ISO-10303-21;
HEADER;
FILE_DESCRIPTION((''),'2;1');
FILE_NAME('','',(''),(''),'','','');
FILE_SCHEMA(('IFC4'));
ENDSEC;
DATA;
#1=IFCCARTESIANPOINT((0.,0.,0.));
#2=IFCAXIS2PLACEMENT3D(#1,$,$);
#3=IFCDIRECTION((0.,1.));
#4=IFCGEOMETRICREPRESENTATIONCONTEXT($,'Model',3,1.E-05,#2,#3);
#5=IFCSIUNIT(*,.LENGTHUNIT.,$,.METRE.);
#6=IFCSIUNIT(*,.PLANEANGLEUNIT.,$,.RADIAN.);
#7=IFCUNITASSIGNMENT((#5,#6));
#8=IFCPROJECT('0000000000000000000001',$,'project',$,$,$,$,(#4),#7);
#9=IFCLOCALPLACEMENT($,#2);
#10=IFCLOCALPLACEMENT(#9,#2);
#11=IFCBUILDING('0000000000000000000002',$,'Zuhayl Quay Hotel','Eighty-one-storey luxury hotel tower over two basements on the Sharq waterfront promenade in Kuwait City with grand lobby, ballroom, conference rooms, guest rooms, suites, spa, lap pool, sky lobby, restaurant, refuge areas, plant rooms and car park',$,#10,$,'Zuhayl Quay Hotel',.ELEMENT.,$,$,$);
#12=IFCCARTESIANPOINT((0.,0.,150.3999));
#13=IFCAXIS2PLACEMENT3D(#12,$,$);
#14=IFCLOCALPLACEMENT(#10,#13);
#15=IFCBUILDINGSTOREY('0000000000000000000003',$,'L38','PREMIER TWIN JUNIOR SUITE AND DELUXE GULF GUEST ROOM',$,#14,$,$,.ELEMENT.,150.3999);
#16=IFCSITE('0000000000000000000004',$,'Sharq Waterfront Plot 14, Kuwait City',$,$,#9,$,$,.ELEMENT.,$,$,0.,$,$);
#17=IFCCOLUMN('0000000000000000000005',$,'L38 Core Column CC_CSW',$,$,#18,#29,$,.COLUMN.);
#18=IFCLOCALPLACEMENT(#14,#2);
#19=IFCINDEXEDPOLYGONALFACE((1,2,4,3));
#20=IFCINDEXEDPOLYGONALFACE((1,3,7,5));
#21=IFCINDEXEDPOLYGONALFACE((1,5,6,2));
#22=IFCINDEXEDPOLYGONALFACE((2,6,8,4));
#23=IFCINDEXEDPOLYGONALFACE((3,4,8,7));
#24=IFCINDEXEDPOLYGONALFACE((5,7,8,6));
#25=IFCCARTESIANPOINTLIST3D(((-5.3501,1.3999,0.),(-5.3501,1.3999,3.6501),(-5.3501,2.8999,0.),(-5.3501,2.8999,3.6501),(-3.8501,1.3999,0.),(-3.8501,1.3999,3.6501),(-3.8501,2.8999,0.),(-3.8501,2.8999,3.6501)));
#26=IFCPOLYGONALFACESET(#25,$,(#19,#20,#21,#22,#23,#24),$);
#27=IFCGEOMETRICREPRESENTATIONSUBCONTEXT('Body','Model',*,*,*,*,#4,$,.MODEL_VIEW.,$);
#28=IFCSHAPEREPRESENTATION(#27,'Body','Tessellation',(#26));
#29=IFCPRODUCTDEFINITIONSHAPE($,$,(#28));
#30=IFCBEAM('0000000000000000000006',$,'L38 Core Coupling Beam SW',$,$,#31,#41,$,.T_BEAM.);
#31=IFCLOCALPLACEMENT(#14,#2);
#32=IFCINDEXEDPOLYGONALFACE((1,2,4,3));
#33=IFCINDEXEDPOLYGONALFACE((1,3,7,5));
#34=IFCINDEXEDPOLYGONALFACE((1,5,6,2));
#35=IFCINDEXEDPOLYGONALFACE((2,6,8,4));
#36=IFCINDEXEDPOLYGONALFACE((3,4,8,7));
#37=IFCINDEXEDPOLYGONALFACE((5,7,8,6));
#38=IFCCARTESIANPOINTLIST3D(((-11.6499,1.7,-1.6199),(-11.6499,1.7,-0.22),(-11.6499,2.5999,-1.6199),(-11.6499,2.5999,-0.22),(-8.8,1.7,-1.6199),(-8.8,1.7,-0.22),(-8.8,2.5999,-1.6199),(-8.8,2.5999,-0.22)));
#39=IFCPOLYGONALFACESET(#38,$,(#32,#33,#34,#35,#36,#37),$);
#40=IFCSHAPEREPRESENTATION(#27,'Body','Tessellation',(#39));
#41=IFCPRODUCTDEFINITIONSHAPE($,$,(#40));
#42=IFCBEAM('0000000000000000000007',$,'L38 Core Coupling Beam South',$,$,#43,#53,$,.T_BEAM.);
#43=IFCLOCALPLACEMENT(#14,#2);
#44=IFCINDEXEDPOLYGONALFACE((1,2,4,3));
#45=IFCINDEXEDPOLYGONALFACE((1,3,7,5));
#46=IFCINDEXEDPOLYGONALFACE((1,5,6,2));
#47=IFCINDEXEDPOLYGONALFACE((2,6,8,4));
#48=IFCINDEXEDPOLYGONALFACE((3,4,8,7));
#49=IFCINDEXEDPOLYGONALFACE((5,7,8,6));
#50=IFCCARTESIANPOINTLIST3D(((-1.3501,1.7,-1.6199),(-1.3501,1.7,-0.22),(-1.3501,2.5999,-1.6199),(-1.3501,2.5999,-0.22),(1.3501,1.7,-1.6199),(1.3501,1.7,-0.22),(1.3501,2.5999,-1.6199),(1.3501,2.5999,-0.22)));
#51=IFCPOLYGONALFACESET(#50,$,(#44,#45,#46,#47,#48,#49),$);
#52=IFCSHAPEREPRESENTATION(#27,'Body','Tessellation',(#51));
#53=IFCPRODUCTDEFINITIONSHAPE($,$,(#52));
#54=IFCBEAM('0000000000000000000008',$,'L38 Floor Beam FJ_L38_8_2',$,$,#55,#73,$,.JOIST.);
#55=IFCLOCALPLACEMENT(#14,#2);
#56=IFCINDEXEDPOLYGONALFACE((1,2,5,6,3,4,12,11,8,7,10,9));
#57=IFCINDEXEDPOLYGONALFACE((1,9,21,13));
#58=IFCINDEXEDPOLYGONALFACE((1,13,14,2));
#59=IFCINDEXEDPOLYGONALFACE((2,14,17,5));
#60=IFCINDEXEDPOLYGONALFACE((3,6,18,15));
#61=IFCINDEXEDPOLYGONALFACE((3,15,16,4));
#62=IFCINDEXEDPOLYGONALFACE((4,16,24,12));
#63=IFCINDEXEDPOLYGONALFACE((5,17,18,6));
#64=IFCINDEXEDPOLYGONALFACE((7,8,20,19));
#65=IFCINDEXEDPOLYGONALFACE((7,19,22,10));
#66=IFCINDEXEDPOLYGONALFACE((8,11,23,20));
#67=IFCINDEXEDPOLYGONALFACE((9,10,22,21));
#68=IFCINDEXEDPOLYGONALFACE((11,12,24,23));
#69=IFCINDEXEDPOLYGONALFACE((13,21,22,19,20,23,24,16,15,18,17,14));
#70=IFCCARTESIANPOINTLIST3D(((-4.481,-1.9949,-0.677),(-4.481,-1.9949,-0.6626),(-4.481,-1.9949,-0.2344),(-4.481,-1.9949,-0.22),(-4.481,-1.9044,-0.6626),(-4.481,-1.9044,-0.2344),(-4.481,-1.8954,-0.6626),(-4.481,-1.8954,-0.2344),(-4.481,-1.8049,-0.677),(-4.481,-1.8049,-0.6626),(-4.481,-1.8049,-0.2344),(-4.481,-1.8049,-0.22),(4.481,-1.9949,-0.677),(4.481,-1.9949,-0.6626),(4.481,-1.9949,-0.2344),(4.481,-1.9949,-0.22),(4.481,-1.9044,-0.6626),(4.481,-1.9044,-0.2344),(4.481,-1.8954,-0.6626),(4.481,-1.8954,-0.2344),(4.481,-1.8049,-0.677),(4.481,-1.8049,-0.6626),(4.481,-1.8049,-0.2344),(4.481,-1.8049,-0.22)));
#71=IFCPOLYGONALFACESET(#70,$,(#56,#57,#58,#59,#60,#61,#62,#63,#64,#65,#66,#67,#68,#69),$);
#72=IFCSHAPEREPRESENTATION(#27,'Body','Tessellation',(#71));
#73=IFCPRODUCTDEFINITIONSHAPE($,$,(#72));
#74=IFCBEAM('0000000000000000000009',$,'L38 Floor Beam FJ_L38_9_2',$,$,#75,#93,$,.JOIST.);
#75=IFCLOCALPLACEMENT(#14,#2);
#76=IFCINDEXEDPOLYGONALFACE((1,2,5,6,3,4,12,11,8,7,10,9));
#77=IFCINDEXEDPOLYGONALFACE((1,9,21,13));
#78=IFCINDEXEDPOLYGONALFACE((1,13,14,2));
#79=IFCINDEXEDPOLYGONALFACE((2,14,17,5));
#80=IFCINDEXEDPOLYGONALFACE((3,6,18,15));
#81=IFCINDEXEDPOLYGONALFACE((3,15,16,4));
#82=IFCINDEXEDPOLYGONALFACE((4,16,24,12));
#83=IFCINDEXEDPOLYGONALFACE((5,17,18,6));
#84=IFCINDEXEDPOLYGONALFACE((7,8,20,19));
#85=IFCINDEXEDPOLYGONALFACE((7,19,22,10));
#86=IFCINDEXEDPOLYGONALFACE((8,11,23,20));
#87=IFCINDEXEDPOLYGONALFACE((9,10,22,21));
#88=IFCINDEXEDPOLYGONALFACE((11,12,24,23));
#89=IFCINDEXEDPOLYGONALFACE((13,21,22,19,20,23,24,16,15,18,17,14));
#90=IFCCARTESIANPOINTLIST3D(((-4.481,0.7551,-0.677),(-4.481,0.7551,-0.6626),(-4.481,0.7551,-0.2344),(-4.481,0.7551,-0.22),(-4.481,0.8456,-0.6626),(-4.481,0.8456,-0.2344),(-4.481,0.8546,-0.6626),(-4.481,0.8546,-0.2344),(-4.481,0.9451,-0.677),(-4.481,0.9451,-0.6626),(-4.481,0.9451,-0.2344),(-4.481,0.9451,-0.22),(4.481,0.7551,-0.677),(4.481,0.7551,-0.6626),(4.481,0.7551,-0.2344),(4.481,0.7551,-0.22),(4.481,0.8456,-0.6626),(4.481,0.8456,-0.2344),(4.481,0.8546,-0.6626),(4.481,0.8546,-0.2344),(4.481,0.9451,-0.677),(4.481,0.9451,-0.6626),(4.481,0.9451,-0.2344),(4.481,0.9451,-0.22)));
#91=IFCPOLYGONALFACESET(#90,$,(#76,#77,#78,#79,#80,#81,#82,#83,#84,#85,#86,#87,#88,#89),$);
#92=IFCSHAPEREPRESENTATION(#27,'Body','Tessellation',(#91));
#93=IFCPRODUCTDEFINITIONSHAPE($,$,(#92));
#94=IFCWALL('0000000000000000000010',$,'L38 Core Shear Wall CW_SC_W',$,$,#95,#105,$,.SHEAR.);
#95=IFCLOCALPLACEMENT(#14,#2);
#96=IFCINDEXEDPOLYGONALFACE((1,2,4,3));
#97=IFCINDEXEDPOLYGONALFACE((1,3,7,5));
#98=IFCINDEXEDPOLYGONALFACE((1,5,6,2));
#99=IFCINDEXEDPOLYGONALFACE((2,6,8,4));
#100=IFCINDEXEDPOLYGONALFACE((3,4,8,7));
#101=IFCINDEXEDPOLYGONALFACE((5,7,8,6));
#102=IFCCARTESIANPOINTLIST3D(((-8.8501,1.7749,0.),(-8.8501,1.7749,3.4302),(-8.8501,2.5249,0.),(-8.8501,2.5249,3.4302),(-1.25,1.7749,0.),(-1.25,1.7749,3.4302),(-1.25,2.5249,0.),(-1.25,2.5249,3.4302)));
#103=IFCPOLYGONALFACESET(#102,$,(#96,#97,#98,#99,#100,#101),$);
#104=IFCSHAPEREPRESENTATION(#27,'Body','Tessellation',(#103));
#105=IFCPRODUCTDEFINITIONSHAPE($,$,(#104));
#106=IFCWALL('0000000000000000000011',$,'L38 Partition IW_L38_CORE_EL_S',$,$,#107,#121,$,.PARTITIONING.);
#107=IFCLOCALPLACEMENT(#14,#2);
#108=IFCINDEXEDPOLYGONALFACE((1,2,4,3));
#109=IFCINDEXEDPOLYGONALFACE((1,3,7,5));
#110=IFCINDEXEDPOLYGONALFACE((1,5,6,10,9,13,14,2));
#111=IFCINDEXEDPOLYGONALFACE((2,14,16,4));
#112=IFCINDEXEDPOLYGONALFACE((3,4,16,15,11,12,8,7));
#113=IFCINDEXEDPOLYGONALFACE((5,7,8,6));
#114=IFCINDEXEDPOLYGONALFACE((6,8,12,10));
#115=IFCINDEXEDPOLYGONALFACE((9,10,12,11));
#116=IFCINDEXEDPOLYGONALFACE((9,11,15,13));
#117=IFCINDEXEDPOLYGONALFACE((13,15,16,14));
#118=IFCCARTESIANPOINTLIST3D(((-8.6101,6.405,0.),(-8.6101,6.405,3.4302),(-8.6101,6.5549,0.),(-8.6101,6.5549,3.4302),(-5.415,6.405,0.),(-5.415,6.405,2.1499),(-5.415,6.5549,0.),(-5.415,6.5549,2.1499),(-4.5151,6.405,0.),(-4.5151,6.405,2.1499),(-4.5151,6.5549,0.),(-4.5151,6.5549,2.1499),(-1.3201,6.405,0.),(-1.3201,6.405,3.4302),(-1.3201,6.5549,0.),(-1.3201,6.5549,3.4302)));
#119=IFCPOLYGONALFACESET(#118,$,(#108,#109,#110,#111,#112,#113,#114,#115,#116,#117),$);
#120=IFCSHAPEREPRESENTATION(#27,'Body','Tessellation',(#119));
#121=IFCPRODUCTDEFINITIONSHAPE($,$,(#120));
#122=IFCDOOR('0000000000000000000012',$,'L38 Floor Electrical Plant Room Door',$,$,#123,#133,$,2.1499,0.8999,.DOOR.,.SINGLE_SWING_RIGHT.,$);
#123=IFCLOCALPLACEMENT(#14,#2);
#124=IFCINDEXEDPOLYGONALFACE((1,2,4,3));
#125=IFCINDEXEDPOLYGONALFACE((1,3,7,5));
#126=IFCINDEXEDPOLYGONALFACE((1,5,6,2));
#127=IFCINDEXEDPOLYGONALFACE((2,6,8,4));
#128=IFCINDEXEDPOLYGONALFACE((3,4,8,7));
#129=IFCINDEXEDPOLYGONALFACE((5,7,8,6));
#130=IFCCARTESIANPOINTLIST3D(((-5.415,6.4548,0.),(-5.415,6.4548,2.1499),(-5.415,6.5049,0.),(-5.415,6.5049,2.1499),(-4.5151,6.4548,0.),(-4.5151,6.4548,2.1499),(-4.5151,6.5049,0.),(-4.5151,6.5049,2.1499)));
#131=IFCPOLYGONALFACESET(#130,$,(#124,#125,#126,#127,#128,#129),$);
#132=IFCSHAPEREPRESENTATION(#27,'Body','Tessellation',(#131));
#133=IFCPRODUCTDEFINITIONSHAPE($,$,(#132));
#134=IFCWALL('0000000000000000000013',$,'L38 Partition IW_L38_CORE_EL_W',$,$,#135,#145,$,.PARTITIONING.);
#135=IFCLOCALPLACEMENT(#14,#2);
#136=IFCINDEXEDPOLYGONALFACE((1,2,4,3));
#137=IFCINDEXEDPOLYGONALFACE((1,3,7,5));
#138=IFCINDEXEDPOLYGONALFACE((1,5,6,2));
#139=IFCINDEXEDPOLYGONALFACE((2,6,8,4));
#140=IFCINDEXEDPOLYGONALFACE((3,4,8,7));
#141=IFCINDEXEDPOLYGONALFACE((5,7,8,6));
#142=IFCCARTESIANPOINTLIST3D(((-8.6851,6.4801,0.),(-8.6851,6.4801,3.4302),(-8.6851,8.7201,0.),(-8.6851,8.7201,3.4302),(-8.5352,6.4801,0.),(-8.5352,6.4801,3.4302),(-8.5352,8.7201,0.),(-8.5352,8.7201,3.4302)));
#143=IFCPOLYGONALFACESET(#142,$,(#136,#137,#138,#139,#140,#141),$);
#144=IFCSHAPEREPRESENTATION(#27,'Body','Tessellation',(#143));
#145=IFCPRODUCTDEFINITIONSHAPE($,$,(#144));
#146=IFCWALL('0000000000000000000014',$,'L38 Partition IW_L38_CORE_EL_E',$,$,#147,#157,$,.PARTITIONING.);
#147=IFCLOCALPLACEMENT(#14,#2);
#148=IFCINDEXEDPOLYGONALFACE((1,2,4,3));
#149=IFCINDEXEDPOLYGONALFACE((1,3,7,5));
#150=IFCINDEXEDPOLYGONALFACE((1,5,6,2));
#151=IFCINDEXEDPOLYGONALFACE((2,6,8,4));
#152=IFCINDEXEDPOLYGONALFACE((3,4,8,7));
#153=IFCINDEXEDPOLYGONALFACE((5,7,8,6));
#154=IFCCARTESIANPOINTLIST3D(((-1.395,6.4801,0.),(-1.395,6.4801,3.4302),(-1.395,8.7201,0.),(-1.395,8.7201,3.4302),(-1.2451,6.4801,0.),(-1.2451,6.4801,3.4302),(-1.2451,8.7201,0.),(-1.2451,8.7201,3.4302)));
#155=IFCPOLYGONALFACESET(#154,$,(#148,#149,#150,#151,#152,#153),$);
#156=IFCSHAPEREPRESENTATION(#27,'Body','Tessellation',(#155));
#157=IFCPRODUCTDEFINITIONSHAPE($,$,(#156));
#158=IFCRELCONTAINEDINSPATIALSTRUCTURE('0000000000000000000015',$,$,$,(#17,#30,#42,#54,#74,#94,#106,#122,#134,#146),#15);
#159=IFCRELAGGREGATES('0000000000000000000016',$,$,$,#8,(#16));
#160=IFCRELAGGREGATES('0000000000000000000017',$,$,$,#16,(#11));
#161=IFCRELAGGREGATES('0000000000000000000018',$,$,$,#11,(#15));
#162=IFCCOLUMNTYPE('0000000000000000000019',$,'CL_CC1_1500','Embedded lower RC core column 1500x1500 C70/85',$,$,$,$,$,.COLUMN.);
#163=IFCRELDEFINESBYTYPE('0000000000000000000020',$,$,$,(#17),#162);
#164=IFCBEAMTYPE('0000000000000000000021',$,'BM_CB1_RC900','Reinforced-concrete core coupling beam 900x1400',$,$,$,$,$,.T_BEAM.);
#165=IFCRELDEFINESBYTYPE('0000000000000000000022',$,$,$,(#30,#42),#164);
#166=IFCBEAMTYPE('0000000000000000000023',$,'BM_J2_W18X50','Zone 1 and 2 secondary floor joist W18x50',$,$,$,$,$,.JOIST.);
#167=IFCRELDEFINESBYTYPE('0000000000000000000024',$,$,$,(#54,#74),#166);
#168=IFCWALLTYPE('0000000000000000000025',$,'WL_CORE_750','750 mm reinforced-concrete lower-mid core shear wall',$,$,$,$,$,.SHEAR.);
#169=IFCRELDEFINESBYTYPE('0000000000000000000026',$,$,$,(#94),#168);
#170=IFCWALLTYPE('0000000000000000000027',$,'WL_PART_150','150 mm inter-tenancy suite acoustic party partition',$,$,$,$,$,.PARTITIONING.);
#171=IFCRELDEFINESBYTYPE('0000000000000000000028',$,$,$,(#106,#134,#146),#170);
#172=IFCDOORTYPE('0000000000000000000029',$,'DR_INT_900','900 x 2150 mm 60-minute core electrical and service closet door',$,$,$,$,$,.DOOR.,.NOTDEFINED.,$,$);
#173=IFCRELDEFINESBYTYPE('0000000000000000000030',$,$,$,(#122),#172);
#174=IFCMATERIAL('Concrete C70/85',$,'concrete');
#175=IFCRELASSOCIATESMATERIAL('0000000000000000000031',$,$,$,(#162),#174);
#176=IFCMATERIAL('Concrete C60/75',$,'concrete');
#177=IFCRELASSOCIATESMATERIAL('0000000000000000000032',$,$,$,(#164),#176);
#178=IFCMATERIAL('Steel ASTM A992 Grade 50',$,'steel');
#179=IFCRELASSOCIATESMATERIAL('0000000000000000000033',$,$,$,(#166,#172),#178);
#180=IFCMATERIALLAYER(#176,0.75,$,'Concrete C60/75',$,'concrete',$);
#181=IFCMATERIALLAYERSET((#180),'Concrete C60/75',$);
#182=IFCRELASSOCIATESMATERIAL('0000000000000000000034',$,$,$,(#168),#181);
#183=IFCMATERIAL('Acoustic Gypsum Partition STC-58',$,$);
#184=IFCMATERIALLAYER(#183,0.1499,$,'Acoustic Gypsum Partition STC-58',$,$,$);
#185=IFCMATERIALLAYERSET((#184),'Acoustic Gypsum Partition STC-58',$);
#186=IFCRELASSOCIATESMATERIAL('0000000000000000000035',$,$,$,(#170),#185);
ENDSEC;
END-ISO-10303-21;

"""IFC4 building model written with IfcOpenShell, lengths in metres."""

from ifc_helpers import new_model, si_unit, direction, frame, frame_2d, origin, origin_2d, place, context, subcontext, project, spatial, rectangle, i_section, extrude, material, layer, layer_set, material_profile, profile_set, type_object, element, fill, save


model = new_model("IFC4")

# Units and contexts
model_context = context("Model", 3, precision=1e-05, world=origin(), true_north=direction((0.0, 1.0)))
body_context = subcontext(model_context, "Body", "Model", "MODEL_VIEW")
ifc_project = project(units=[si_unit("LENGTHUNIT", "METRE"), si_unit("PLANEANGLEUNIT", "RADIAN")], contexts=[model_context])

# Site, building, storey
site_placement = place(None, origin())
site = spatial("IfcSite", under=ifc_project, at=site_placement, Name="Sharq Waterfront Plot 14, Kuwait City", CompositionType="ELEMENT", RefElevation=0.0)
building_placement = place(site_placement, origin())
building = spatial("IfcBuilding", under=site, at=building_placement, Name="Zuhayl Quay Hotel", Description="Eighty-one-storey luxury hotel tower over two basements on the Sharq waterfront promenade in Kuwait City with grand lobby, ballroom, conference rooms, guest rooms, suites, spa, lap pool, sky lobby, restaurant, refuge areas, plant rooms and car park", LongName="Zuhayl Quay Hotel", CompositionType="ELEMENT")
storey_placement = place(building_placement, frame((0.0, 0.0, 150.3999)))
storey = spatial("IfcBuildingStorey", under=building, at=storey_placement, Name="L38", Description="PREMIER TWIN JUNIOR SUITE AND DELUXE GULF GUEST ROOM", CompositionType="ELEMENT", Elevation=150.3999)

# Column
ifc_material_1 = material(Name="Concrete C70/85", Category="concrete")
ifc_material_profile_1 = material_profile(ifc_material_1, rectangle(XDim=1.5, YDim=1.5, at=origin_2d()), Name="RC1500X1500")
ifc_profile_set_1 = profile_set([ifc_material_profile_1], Name="Concrete C70/85")
column_type = type_object("IfcColumnType", Name="CL_CC1_1500", Description="Embedded lower RC core column 1500x1500 C70/85", PredefinedType="COLUMN", material=ifc_profile_set_1)
column_placement = place(storey_placement, frame((-4.6001, 2.1499, 0.0), z_axis=(0.0, 0.0, 1.0), x_axis=(1.0, 0.0, 0.0)))
element("IfcColumn", 1, at=column_placement, inside=storey, type_object=column_type, Name="L38 Core Column CC_CSW", PredefinedType="COLUMN", context=body_context, shape_type="SweptSolid", body=[
    extrude(rectangle(XDim=1.5, YDim=1.5, at=origin_2d()), origin(), (0.0, 0.0, 1.0), 3.6501),
])

# Beams
ifc_material_2 = material(Name="Concrete C60/75", Category="concrete")
ifc_material_profile_2 = material_profile(ifc_material_2, rectangle(XDim=0.8999, YDim=1.3999, at=origin_2d()), Name="RC900X1400")
ifc_profile_set_2 = profile_set([ifc_material_profile_2], Name="Concrete C60/75")
beam_type_1 = type_object("IfcBeamType", Name="BM_CB1_RC900", Description="Reinforced-concrete core coupling beam 900x1400", PredefinedType="T_BEAM", material=ifc_profile_set_2)
beam_1_placement = place(storey_placement, frame((-11.6499, 2.1499, -0.9199), z_axis=(1.0, 0.0, 0.0), x_axis=(0.0, 1.0, 0.0)))
element("IfcBeam", 2, at=beam_1_placement, inside=storey, type_object=beam_type_1, Name="L38 Core Coupling Beam SW", PredefinedType="T_BEAM", context=body_context, shape_type="SweptSolid", body=[
    extrude(rectangle(XDim=0.8999, YDim=1.3999, at=origin_2d()), origin(), (0.0, 0.0, 1.0), 2.8499),
])
beam_2_placement = place(storey_placement, frame((-1.3501, 2.1499, -0.9199), z_axis=(1.0, 0.0, 0.0), x_axis=(0.0, 1.0, 0.0)))
element("IfcBeam", 3, at=beam_2_placement, inside=storey, type_object=beam_type_1, Name="L38 Core Coupling Beam South", PredefinedType="T_BEAM", context=body_context, shape_type="SweptSolid", body=[
    extrude(rectangle(XDim=0.8999, YDim=1.3999, at=origin_2d()), origin(), (0.0, 0.0, 1.0), 2.7002),
])
ifc_material_3 = material(Name="Steel ASTM A992 Grade 50", Category="steel")
ifc_material_profile_3 = material_profile(ifc_material_3, i_section(OverallWidth=0.1899, OverallDepth=0.457, WebThickness=0.009, FlangeThickness=0.0144, at=origin_2d()), Name="W18X50")
ifc_profile_set_3 = profile_set([ifc_material_profile_3], Name="Steel ASTM A992 Grade 50")
beam_type_2 = type_object("IfcBeamType", Name="BM_J2_W18X50", Description="Zone 1 and 2 secondary floor joist W18x50", PredefinedType="JOIST", material=ifc_profile_set_3)
for number, where, z_axis, x_axis, name in (
    (4, (-4.481, -1.8999, -0.4485), (1.0, 0.0, 0.0), (0.0, 1.0, 0.0), "L38 Floor Beam FJ_L38_8_2"),
    (5, (-4.481, 0.8501, -0.4485), (1.0, 0.0, 0.0), (0.0, 1.0, 0.0), "L38 Floor Beam FJ_L38_9_2"),
):
    element("IfcBeam", number, at=place(storey_placement, frame(where, z_axis=z_axis, x_axis=x_axis)), inside=storey, type_object=beam_type_2, Name=name, PredefinedType="JOIST", context=body_context, shape_type="SweptSolid", body=[
        extrude(i_section(OverallWidth=0.1899, OverallDepth=0.457, WebThickness=0.009, FlangeThickness=0.0144, at=origin_2d()), origin(), (0.0, 0.0, 1.0), 8.9619),
    ])

# Wall
ifc_layer_1 = layer(ifc_material_2, 0.75, Name="Concrete C60/75", Category="concrete")
ifc_layer_set_1 = layer_set([ifc_layer_1], Name="Concrete C60/75")
wall_type_1 = type_object("IfcWallType", Name="WL_CORE_750", Description="750 mm reinforced-concrete lower-mid core shear wall", PredefinedType="SHEAR", material=ifc_layer_set_1)
wall_1_placement = place(storey_placement, frame((-8.8501, 2.1499, 0.0), z_axis=(0.0, 0.0, 1.0), x_axis=(1.0, 0.0, 0.0)))
element("IfcWall", 6, at=wall_1_placement, inside=storey, type_object=wall_type_1, Name="L38 Core Shear Wall CW_SC_W", PredefinedType="SHEAR", context=body_context, shape_type="SweptSolid", body=[
    extrude(rectangle(XDim=7.6001, YDim=0.75, at=frame_2d((3.8, 0.0))), origin(), (0.0, 0.0, 1.0), 3.4302),
])

# Wall, opening, door
ifc_material_4 = material(Name="Acoustic Gypsum Partition STC-58")
ifc_layer_2 = layer(ifc_material_4, 0.1499, Name="Acoustic Gypsum Partition STC-58")
ifc_layer_set_2 = layer_set([ifc_layer_2], Name="Acoustic Gypsum Partition STC-58")
wall_type_2 = type_object("IfcWallType", Name="WL_PART_150", Description="150 mm inter-tenancy suite acoustic party partition", PredefinedType="PARTITIONING", material=ifc_layer_set_2)
wall_2_placement = place(storey_placement, frame((-8.6101, 6.48, 0.0), z_axis=(0.0, 0.0, 1.0), x_axis=(1.0, 0.0, 0.0)))
wall_2 = element("IfcWall", 7, at=wall_2_placement, inside=storey, type_object=wall_type_2, Name="L38 Partition IW_L38_CORE_EL_S", PredefinedType="PARTITIONING", context=body_context, shape_type="SweptSolid", body=[
    extrude(rectangle(XDim=7.29, YDim=0.1499, at=frame_2d((3.645, 0.0))), origin(), (0.0, 0.0, 1.0), 3.4302),
])
opening_1_placement = place(wall_2_placement, frame((3.1951, 0.0, 0.0)))
opening_1 = element("IfcOpeningElement", 8, at=opening_1_placement, cuts=wall_2, PredefinedType="OPENING", context=body_context, shape_type="SweptSolid", body=[
    extrude(rectangle(XDim=0.8999, YDim=2.1499, at=frame_2d((0.45, 1.075))), frame((0.0, 0.085, 0.0), z_axis=(0.0, -1.0, 0.0), x_axis=(1.0, 0.0, 0.0)), (0.0, 0.0, 1.0), 0.1699),
])
door_type_1 = type_object("IfcDoorType", Name="DR_INT_900", Description="900 x 2150 mm 60-minute core electrical and service closet door", OperationType="NOTDEFINED", PredefinedType="DOOR", material=ifc_material_3)
door_1_placement = place(opening_1_placement, origin())
door_1 = element("IfcDoor", 9, at=door_1_placement, inside=storey, type_object=door_type_1, Name="L38 Floor Electrical Plant Room Door", OperationType="SINGLE_SWING_RIGHT", OverallHeight=2.1499, OverallWidth=0.8999, PredefinedType="DOOR", context=body_context, shape_type="SweptSolid", body=[
    extrude(rectangle(XDim=0.8999, YDim=2.1499, at=frame_2d((0.45, 1.075))), frame((0.0, 0.0249, 0.0), z_axis=(0.0, -1.0, 0.0), x_axis=(1.0, 0.0, 0.0)), (0.0, 0.0, 1.0), 0.05),
])
fill(opening_1, door_1)

# Walls
for number, where, z_axis, x_axis, name in (
    (10, (-8.6101, 6.48, 0.0), (0.0, 0.0, 1.0), (0.0, 1.0, 0.0), "L38 Partition IW_L38_CORE_EL_W"),
    (11, (-1.3201, 6.48, 0.0), (0.0, 0.0, 1.0), (0.0, 1.0, 0.0), "L38 Partition IW_L38_CORE_EL_E"),
):
    element("IfcWall", number, at=place(storey_placement, frame(where, z_axis=z_axis, x_axis=x_axis)), inside=storey, type_object=wall_type_2, Name=name, PredefinedType="PARTITIONING", context=body_context, shape_type="SweptSolid", body=[
        extrude(rectangle(XDim=2.24, YDim=0.1499, at=frame_2d((1.1201, 0.0))), origin(), (0.0, 0.0, 1.0), 3.4302),
    ])

save(model, "model.ifc")
